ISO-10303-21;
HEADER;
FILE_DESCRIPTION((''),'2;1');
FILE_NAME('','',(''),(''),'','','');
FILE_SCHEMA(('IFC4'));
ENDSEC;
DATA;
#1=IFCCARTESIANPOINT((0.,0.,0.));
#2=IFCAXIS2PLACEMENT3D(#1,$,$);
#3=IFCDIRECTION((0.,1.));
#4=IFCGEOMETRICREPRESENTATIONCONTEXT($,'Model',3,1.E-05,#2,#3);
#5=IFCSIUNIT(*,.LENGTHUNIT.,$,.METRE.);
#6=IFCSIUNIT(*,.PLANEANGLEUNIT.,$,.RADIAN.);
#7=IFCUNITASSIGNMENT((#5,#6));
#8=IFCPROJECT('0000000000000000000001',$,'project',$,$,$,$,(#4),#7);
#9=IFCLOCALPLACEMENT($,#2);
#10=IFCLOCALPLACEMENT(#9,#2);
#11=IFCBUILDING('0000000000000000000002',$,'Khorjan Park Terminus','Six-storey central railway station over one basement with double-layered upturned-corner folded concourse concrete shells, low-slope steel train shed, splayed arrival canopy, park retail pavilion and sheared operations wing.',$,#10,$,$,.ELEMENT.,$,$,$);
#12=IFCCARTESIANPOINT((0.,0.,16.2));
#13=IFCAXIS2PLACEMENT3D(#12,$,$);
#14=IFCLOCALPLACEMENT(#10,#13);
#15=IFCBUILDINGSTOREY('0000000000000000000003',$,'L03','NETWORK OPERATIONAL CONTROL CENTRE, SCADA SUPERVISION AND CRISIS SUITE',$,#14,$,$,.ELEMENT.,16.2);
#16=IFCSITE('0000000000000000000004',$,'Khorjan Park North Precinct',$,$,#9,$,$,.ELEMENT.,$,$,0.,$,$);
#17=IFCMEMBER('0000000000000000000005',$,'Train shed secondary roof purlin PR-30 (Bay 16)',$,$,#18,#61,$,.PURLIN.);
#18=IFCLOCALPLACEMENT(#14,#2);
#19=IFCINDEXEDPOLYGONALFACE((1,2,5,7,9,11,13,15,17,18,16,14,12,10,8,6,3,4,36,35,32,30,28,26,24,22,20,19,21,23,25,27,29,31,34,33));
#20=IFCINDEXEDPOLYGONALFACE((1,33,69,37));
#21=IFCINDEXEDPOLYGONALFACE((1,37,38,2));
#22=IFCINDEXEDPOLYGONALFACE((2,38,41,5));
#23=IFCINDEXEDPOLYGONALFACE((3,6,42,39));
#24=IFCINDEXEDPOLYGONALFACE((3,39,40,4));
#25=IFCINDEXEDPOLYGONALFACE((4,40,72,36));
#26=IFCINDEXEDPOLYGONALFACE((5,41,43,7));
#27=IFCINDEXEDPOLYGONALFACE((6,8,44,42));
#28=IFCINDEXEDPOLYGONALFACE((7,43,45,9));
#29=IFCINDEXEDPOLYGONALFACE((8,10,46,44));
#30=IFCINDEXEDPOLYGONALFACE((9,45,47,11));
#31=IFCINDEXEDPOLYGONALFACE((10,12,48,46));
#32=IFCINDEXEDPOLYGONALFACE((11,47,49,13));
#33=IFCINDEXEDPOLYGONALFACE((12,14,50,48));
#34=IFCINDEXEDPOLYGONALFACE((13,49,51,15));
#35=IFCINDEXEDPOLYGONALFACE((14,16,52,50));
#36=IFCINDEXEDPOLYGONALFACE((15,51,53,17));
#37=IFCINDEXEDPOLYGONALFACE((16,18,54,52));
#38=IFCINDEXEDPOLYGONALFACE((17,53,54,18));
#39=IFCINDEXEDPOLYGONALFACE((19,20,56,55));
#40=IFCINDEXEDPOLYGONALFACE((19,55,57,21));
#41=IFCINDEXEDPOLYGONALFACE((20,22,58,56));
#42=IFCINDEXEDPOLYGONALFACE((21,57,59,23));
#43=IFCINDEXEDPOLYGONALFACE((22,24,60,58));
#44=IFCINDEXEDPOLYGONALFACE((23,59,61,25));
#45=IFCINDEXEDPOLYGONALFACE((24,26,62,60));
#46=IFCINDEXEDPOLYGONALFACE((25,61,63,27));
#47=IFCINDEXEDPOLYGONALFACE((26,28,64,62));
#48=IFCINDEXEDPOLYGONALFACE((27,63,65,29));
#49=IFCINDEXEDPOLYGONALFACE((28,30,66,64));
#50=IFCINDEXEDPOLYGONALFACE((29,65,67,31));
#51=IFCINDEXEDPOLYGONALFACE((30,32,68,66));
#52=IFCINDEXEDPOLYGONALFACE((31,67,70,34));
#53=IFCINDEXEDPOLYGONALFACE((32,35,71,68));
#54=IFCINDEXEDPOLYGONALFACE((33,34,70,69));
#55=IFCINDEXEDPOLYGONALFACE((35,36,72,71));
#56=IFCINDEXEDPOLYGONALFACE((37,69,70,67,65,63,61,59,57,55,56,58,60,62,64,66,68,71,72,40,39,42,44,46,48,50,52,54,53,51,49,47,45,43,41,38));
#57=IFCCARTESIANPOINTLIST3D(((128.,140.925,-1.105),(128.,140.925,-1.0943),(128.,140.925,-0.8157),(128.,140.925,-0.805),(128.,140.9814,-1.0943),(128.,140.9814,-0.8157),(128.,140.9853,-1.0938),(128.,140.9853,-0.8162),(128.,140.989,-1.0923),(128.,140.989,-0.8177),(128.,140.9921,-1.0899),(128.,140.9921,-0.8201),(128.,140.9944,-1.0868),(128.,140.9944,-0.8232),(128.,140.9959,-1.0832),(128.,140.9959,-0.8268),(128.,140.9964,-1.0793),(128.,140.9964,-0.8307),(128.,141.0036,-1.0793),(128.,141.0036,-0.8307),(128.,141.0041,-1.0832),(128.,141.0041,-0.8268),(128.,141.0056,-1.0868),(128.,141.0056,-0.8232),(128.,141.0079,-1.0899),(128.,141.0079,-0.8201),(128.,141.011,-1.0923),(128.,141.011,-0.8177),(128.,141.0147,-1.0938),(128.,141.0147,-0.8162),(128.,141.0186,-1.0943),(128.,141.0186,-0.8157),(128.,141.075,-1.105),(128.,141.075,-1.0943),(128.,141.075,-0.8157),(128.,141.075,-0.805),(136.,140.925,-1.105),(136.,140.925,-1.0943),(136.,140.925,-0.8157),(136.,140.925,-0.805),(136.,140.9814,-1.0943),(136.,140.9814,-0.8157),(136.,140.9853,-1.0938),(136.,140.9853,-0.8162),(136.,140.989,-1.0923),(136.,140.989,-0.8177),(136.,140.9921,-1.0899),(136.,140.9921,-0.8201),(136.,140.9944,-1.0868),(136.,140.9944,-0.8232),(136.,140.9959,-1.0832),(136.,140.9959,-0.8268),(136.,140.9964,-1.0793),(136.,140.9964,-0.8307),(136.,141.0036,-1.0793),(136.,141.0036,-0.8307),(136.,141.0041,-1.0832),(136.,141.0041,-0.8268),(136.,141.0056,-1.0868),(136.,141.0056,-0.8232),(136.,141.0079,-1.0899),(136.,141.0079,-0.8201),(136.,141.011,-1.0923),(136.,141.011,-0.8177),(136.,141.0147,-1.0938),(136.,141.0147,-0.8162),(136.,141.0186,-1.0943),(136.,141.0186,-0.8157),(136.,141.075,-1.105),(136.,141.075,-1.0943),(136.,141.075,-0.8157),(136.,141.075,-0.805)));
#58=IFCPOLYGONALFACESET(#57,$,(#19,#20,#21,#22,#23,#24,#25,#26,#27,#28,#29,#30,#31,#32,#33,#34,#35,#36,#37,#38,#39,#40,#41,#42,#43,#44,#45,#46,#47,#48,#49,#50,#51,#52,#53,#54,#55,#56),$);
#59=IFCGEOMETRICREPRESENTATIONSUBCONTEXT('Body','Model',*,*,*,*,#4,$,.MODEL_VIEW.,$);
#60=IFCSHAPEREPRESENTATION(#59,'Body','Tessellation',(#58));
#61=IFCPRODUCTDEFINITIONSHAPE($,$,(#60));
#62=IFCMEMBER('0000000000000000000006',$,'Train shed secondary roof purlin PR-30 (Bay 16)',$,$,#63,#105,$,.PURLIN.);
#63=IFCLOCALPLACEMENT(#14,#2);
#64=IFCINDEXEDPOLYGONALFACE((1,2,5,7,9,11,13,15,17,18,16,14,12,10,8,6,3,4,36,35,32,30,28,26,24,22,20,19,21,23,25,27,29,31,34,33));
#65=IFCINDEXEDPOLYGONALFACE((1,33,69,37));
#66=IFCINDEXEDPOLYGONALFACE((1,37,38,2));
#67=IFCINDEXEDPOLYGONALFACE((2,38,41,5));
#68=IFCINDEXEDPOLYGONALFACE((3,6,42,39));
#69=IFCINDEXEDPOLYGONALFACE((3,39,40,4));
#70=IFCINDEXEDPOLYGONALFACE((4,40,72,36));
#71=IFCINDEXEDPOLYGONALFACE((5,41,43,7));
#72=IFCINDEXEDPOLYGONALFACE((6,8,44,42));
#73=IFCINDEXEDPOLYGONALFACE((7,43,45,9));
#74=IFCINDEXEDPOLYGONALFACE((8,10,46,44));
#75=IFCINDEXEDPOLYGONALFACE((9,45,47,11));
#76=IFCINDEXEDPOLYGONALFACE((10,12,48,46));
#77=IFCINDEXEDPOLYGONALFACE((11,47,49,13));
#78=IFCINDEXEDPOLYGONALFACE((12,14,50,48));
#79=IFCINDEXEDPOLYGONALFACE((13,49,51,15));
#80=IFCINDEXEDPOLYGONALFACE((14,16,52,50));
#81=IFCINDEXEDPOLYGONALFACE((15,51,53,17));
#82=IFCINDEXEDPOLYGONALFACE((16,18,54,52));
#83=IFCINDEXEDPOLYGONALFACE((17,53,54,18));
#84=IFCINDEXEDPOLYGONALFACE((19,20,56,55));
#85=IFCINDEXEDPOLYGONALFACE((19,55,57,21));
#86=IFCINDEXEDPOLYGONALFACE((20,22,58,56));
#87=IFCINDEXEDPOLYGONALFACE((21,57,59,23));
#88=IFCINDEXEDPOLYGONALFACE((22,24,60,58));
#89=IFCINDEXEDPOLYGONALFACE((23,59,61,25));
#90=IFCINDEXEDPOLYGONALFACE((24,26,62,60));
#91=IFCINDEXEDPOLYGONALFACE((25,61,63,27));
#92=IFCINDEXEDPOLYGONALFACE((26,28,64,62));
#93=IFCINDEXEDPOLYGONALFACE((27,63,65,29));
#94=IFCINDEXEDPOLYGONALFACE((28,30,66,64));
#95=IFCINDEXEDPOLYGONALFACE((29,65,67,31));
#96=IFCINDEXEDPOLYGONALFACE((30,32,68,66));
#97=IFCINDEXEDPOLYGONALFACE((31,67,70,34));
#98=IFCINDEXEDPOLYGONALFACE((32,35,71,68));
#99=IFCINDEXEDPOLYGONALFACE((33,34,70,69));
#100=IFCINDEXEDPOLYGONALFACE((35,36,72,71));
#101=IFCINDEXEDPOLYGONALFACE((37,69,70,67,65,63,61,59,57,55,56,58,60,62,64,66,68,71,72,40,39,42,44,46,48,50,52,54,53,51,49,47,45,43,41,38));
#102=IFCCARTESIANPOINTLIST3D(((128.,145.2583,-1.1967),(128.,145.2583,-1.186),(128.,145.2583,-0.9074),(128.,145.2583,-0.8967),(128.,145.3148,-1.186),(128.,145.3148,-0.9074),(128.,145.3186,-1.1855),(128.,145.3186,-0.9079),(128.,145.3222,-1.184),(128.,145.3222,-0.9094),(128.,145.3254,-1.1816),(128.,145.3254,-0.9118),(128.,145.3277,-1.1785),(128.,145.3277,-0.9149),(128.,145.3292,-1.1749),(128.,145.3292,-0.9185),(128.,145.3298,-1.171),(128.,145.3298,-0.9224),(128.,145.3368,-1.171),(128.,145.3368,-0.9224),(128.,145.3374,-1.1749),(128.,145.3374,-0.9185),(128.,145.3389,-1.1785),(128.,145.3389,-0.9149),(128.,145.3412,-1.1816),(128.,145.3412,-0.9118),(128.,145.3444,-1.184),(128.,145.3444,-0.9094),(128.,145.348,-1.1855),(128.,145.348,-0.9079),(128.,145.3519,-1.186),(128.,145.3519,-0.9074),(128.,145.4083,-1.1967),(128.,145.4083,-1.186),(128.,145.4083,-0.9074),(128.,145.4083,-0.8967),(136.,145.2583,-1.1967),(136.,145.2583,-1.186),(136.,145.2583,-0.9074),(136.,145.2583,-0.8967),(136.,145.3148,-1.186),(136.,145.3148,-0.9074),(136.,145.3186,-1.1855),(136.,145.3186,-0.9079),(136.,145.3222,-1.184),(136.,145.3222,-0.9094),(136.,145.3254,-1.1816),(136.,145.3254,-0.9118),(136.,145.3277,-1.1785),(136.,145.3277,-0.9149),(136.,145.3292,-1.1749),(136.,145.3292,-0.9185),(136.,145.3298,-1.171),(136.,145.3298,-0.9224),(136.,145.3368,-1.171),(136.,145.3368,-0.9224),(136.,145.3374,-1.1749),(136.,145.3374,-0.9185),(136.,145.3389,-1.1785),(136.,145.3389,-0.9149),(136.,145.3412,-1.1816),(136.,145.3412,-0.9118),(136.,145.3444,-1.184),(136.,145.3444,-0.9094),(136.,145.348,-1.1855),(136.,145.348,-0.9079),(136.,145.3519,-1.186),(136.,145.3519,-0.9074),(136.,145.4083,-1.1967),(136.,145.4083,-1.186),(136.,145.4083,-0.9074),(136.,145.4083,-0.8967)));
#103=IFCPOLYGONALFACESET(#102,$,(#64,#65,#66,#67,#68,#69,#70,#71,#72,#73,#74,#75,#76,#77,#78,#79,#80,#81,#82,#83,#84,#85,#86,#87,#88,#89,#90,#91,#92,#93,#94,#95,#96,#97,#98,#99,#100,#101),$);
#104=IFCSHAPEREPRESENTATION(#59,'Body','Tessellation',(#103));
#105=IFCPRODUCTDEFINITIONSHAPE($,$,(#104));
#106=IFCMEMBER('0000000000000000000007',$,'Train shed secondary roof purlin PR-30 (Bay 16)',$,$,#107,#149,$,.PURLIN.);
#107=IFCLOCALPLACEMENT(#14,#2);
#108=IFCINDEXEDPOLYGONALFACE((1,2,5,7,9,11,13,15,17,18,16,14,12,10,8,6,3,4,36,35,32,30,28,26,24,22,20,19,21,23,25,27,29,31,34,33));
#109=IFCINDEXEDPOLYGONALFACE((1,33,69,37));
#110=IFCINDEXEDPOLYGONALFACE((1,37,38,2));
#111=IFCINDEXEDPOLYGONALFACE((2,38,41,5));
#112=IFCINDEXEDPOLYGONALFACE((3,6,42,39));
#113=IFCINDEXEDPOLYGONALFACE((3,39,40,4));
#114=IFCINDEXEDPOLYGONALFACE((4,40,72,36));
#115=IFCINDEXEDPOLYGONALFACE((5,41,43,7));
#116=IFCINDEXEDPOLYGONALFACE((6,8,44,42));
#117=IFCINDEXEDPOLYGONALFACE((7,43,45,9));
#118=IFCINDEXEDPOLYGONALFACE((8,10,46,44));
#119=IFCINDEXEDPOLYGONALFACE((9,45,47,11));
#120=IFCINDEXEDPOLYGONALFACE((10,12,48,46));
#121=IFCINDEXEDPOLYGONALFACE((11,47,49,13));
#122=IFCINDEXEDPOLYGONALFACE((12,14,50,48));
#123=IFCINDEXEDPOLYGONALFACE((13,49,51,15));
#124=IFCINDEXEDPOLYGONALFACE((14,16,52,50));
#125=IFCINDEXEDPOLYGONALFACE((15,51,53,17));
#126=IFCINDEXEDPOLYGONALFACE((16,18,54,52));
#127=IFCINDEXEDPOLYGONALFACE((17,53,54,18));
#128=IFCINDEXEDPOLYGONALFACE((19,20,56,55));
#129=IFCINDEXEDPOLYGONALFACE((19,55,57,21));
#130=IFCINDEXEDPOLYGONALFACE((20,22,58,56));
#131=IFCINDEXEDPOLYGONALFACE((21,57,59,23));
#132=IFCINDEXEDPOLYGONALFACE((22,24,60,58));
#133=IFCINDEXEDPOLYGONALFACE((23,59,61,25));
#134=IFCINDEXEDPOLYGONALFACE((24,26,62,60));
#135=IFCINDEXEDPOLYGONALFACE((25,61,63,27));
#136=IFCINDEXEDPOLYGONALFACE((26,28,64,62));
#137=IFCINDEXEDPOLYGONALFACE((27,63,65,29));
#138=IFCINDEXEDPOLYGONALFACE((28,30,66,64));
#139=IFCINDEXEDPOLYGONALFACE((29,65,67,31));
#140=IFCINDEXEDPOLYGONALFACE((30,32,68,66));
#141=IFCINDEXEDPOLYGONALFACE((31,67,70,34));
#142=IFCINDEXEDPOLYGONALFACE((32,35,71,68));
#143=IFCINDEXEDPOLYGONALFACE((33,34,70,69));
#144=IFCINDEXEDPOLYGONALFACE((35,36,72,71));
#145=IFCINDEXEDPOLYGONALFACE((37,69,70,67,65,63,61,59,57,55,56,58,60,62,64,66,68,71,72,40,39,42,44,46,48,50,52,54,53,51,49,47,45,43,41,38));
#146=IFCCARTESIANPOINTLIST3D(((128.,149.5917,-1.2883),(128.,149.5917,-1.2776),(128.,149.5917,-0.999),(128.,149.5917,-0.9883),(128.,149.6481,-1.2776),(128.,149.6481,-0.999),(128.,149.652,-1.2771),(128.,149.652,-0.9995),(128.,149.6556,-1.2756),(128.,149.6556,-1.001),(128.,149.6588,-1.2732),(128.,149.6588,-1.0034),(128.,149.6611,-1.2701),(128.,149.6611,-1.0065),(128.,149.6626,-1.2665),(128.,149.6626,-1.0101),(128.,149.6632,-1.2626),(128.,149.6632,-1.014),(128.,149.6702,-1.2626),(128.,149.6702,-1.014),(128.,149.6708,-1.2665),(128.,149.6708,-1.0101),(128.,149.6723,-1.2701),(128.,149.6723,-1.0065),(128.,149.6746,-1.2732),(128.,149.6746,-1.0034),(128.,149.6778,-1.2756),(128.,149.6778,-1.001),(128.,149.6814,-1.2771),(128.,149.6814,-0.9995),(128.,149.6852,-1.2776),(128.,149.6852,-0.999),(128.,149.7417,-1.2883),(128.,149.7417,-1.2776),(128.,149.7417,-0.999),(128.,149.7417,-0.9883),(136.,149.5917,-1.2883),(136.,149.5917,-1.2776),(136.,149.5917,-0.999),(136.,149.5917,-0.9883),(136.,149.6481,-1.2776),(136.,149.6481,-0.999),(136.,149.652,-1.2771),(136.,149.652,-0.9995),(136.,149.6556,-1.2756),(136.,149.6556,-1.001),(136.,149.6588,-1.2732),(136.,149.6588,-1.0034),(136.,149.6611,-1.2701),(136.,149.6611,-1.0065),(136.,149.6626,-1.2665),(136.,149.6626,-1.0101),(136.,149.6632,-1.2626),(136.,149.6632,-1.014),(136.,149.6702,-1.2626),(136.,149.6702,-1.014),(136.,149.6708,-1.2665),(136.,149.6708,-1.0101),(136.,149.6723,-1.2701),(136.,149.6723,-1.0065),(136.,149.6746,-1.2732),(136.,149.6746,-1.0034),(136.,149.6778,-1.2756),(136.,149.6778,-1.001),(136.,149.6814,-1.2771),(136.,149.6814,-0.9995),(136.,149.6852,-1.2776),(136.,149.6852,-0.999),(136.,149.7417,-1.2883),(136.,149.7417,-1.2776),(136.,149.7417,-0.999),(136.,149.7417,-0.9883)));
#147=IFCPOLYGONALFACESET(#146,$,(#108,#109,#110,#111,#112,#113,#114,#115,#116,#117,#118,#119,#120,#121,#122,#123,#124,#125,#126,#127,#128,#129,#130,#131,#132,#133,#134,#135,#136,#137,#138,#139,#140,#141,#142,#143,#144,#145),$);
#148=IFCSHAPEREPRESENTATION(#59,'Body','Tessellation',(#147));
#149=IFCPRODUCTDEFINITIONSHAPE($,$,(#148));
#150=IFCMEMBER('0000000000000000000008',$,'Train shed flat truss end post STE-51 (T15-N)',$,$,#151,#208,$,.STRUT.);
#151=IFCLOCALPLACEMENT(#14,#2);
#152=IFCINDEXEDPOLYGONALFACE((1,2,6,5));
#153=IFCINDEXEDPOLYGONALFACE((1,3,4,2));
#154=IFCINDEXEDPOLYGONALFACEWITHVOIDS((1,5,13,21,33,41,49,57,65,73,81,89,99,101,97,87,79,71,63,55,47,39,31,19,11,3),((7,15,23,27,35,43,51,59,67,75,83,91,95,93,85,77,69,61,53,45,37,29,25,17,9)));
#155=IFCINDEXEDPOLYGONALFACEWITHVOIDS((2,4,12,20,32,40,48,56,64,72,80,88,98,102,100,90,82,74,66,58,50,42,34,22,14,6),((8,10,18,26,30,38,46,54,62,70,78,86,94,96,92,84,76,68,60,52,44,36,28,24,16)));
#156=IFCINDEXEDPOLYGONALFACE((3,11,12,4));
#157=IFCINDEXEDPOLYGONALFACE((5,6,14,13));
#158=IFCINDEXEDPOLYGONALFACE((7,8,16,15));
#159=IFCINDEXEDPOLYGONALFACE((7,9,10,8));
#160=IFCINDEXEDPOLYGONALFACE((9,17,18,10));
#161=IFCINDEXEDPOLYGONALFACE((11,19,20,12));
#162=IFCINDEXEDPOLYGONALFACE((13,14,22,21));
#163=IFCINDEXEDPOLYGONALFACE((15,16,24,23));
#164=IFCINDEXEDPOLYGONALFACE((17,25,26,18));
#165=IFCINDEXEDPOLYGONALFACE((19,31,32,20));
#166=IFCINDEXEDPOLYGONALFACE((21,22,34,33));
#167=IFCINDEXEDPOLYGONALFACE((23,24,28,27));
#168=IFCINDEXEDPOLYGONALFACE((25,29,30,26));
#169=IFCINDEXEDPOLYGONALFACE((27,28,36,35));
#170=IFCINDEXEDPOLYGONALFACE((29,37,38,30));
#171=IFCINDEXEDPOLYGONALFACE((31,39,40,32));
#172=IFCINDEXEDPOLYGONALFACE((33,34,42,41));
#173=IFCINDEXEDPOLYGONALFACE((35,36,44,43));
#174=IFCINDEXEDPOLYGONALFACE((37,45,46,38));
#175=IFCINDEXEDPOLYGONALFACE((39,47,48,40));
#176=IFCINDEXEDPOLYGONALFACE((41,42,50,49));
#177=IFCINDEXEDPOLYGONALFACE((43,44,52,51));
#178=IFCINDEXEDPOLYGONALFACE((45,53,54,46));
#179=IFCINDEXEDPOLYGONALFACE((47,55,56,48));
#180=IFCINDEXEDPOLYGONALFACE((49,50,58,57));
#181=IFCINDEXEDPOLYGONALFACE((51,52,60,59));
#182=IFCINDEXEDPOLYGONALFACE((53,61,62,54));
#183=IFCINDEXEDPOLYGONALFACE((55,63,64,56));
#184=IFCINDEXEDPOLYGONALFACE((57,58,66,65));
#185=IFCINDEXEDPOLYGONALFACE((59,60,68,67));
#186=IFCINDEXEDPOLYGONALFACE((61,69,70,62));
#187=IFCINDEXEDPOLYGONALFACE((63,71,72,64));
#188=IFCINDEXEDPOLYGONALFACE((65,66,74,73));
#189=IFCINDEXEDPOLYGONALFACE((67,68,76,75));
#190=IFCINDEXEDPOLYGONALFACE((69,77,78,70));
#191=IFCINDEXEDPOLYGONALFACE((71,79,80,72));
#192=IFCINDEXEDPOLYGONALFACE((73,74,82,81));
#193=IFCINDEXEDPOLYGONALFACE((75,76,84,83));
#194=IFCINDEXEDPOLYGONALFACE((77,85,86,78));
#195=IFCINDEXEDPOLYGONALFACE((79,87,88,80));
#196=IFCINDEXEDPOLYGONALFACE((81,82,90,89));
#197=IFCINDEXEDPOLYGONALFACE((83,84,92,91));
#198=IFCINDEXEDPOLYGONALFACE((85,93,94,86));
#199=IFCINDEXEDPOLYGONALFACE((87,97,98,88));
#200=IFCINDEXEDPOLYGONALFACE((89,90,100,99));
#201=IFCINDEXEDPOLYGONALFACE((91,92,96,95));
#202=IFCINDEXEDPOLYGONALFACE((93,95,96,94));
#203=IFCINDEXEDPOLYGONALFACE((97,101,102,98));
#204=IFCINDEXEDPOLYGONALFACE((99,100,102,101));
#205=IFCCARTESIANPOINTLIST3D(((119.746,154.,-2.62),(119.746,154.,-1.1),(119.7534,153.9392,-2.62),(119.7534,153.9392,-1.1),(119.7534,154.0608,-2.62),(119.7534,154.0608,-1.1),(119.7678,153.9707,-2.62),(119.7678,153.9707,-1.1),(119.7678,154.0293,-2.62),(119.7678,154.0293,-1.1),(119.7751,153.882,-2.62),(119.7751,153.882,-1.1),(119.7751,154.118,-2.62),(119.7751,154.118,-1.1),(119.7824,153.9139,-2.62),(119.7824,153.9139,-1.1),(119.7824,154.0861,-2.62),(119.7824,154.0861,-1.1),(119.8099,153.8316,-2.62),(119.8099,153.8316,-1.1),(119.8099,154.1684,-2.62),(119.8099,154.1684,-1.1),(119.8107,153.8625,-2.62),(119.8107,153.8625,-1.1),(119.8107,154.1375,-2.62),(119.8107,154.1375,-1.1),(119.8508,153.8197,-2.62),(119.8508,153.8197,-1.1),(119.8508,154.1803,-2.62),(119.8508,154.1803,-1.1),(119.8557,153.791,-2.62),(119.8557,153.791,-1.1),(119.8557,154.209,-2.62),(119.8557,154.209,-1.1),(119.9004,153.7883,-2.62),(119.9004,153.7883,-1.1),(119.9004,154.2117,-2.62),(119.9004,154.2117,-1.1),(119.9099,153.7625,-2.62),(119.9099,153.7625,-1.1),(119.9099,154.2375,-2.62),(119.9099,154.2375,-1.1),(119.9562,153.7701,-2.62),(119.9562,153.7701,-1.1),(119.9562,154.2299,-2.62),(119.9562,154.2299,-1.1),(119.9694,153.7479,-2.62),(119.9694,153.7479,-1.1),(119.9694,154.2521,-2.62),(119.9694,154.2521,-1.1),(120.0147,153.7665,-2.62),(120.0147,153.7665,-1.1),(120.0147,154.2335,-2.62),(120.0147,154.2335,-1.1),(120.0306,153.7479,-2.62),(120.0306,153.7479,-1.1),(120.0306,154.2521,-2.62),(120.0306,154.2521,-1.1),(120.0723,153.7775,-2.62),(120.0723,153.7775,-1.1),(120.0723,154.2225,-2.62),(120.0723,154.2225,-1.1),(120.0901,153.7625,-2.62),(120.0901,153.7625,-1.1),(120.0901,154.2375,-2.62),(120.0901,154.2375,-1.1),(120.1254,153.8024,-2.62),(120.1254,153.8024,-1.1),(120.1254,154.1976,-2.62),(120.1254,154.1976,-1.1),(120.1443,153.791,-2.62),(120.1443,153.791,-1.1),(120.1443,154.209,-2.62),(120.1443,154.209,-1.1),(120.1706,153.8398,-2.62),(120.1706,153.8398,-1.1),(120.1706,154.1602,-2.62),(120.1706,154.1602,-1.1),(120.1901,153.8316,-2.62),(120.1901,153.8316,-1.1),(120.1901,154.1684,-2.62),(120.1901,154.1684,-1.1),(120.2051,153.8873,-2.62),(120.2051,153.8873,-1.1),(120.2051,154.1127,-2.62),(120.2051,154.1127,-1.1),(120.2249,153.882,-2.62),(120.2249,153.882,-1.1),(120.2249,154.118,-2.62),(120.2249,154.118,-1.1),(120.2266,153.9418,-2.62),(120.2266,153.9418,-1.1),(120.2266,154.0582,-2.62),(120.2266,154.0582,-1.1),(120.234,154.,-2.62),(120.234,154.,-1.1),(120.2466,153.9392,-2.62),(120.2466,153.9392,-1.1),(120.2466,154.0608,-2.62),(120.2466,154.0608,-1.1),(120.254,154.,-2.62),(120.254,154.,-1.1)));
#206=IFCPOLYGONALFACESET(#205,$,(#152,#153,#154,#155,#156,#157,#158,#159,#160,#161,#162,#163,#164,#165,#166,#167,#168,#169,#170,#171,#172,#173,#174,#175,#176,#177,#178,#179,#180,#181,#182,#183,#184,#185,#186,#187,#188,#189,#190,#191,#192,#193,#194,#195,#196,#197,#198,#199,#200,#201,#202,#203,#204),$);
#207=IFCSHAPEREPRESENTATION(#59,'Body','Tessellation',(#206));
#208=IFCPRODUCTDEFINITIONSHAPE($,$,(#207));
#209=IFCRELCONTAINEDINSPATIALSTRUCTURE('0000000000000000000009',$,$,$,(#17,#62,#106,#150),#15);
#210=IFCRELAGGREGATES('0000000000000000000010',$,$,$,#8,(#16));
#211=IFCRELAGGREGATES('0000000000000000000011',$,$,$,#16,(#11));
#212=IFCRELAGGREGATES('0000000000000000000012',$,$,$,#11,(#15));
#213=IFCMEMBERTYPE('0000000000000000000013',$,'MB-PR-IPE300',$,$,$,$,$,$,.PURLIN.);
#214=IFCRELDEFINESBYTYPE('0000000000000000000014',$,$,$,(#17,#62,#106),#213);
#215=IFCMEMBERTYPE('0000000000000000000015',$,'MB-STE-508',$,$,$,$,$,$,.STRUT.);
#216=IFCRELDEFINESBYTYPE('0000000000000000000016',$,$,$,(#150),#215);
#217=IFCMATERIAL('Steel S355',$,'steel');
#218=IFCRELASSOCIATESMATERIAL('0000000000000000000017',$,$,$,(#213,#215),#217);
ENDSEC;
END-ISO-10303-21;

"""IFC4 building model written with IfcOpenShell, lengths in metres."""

from ifc_helpers import new_model, si_unit, direction, frame, origin, origin_2d, place, context, subcontext, project, spatial, hollow_circle, i_section, extrude, material, material_profile, profile_set, type_object, element, save


model = new_model("IFC4")

# Units and contexts
model_context = context("Model", 3, precision=1e-05, world=origin(), true_north=direction((0.0, 1.0)))
body_context = subcontext(model_context, "Body", "Model", "MODEL_VIEW")
ifc_project = project(units=[si_unit("LENGTHUNIT", "METRE"), si_unit("PLANEANGLEUNIT", "RADIAN")], contexts=[model_context])

# Site, building, storey
site_placement = place(None, origin())
site = spatial("IfcSite", under=ifc_project, at=site_placement, Name="Khorjan Park North Precinct", CompositionType="ELEMENT", RefElevation=0.0)
building_placement = place(site_placement, origin())
building = spatial("IfcBuilding", under=site, at=building_placement, Name="Khorjan Park Terminus", Description="Six-storey central railway station over one basement with double-layered upturned-corner folded concourse concrete shells, low-slope steel train shed, splayed arrival canopy, park retail pavilion and sheared operations wing.", CompositionType="ELEMENT")
storey_placement = place(building_placement, frame((0.0, 0.0, 16.2)))
storey = spatial("IfcBuildingStorey", under=building, at=storey_placement, Name="L03", Description="NETWORK OPERATIONAL CONTROL CENTRE, SCADA SUPERVISION AND CRISIS SUITE", CompositionType="ELEMENT", Elevation=16.2)

# Members
ifc_material = material(Name="Steel S355", Category="steel")
ifc_material_profile_1 = material_profile(ifc_material, i_section(OverallWidth=0.15, OverallDepth=0.3, WebThickness=0.0071, FlangeThickness=0.0107, FilletRadius=0.015, at=origin_2d()), Name="IPE 300")
ifc_profile_set_1 = profile_set([ifc_material_profile_1], Name="Steel S355")
member_type_1 = type_object("IfcMemberType", Name="MB-PR-IPE300", PredefinedType="PURLIN", material=ifc_profile_set_1)
for number, where, z_axis, x_axis, name in (
    (1, (128.0, 141.0, -0.955), (1.0, 0.0, 0.0), (0.0, 1.0, 0.0), "Train shed secondary roof purlin PR-30 (Bay 16)"),
    (2, (128.0, 145.3333, -1.0467), (1.0, 0.0, 0.0), (0.0, 1.0, 0.0), "Train shed secondary roof purlin PR-30 (Bay 16)"),
    (3, (128.0, 149.6667, -1.1383), (1.0, 0.0, 0.0), (0.0, 1.0, 0.0), "Train shed secondary roof purlin PR-30 (Bay 16)"),
):
    element("IfcMember", number, at=place(storey_placement, frame(where, z_axis=z_axis, x_axis=x_axis)), inside=storey, type_object=member_type_1, Name=name, PredefinedType="PURLIN", context=body_context, shape_type="SweptSolid", body=[
        extrude(i_section(OverallWidth=0.15, OverallDepth=0.3, WebThickness=0.0071, FlangeThickness=0.0107, FilletRadius=0.015, at=origin_2d()), origin(), (0.0, 0.0, 1.0), 8.0),
    ])
ifc_material_profile_2 = material_profile(ifc_material, hollow_circle(Radius=0.254, WallThickness=0.02, at=origin_2d()), Name="CHS 508x20")
ifc_profile_set_2 = profile_set([ifc_material_profile_2], Name="Steel S355")
member_type_2 = type_object("IfcMemberType", Name="MB-STE-508", PredefinedType="STRUT", material=ifc_profile_set_2)
for number, where, z_axis, x_axis, name in (
    (4, (120.0, 154.0, -2.62), (0.0, 0.0, 1.0), (1.0, 0.0, 0.0), "Train shed flat truss end post STE-51 (T15-N)"),
):
    element("IfcMember", number, at=place(storey_placement, frame(where, z_axis=z_axis, x_axis=x_axis)), inside=storey, type_object=member_type_2, Name=name, PredefinedType="STRUT", context=body_context, shape_type="SweptSolid", body=[
        extrude(hollow_circle(Radius=0.254, WallThickness=0.02, at=origin_2d()), origin(), (0.0, 0.0, 1.0), 1.52),
    ])

save(model, "model.ifc")
